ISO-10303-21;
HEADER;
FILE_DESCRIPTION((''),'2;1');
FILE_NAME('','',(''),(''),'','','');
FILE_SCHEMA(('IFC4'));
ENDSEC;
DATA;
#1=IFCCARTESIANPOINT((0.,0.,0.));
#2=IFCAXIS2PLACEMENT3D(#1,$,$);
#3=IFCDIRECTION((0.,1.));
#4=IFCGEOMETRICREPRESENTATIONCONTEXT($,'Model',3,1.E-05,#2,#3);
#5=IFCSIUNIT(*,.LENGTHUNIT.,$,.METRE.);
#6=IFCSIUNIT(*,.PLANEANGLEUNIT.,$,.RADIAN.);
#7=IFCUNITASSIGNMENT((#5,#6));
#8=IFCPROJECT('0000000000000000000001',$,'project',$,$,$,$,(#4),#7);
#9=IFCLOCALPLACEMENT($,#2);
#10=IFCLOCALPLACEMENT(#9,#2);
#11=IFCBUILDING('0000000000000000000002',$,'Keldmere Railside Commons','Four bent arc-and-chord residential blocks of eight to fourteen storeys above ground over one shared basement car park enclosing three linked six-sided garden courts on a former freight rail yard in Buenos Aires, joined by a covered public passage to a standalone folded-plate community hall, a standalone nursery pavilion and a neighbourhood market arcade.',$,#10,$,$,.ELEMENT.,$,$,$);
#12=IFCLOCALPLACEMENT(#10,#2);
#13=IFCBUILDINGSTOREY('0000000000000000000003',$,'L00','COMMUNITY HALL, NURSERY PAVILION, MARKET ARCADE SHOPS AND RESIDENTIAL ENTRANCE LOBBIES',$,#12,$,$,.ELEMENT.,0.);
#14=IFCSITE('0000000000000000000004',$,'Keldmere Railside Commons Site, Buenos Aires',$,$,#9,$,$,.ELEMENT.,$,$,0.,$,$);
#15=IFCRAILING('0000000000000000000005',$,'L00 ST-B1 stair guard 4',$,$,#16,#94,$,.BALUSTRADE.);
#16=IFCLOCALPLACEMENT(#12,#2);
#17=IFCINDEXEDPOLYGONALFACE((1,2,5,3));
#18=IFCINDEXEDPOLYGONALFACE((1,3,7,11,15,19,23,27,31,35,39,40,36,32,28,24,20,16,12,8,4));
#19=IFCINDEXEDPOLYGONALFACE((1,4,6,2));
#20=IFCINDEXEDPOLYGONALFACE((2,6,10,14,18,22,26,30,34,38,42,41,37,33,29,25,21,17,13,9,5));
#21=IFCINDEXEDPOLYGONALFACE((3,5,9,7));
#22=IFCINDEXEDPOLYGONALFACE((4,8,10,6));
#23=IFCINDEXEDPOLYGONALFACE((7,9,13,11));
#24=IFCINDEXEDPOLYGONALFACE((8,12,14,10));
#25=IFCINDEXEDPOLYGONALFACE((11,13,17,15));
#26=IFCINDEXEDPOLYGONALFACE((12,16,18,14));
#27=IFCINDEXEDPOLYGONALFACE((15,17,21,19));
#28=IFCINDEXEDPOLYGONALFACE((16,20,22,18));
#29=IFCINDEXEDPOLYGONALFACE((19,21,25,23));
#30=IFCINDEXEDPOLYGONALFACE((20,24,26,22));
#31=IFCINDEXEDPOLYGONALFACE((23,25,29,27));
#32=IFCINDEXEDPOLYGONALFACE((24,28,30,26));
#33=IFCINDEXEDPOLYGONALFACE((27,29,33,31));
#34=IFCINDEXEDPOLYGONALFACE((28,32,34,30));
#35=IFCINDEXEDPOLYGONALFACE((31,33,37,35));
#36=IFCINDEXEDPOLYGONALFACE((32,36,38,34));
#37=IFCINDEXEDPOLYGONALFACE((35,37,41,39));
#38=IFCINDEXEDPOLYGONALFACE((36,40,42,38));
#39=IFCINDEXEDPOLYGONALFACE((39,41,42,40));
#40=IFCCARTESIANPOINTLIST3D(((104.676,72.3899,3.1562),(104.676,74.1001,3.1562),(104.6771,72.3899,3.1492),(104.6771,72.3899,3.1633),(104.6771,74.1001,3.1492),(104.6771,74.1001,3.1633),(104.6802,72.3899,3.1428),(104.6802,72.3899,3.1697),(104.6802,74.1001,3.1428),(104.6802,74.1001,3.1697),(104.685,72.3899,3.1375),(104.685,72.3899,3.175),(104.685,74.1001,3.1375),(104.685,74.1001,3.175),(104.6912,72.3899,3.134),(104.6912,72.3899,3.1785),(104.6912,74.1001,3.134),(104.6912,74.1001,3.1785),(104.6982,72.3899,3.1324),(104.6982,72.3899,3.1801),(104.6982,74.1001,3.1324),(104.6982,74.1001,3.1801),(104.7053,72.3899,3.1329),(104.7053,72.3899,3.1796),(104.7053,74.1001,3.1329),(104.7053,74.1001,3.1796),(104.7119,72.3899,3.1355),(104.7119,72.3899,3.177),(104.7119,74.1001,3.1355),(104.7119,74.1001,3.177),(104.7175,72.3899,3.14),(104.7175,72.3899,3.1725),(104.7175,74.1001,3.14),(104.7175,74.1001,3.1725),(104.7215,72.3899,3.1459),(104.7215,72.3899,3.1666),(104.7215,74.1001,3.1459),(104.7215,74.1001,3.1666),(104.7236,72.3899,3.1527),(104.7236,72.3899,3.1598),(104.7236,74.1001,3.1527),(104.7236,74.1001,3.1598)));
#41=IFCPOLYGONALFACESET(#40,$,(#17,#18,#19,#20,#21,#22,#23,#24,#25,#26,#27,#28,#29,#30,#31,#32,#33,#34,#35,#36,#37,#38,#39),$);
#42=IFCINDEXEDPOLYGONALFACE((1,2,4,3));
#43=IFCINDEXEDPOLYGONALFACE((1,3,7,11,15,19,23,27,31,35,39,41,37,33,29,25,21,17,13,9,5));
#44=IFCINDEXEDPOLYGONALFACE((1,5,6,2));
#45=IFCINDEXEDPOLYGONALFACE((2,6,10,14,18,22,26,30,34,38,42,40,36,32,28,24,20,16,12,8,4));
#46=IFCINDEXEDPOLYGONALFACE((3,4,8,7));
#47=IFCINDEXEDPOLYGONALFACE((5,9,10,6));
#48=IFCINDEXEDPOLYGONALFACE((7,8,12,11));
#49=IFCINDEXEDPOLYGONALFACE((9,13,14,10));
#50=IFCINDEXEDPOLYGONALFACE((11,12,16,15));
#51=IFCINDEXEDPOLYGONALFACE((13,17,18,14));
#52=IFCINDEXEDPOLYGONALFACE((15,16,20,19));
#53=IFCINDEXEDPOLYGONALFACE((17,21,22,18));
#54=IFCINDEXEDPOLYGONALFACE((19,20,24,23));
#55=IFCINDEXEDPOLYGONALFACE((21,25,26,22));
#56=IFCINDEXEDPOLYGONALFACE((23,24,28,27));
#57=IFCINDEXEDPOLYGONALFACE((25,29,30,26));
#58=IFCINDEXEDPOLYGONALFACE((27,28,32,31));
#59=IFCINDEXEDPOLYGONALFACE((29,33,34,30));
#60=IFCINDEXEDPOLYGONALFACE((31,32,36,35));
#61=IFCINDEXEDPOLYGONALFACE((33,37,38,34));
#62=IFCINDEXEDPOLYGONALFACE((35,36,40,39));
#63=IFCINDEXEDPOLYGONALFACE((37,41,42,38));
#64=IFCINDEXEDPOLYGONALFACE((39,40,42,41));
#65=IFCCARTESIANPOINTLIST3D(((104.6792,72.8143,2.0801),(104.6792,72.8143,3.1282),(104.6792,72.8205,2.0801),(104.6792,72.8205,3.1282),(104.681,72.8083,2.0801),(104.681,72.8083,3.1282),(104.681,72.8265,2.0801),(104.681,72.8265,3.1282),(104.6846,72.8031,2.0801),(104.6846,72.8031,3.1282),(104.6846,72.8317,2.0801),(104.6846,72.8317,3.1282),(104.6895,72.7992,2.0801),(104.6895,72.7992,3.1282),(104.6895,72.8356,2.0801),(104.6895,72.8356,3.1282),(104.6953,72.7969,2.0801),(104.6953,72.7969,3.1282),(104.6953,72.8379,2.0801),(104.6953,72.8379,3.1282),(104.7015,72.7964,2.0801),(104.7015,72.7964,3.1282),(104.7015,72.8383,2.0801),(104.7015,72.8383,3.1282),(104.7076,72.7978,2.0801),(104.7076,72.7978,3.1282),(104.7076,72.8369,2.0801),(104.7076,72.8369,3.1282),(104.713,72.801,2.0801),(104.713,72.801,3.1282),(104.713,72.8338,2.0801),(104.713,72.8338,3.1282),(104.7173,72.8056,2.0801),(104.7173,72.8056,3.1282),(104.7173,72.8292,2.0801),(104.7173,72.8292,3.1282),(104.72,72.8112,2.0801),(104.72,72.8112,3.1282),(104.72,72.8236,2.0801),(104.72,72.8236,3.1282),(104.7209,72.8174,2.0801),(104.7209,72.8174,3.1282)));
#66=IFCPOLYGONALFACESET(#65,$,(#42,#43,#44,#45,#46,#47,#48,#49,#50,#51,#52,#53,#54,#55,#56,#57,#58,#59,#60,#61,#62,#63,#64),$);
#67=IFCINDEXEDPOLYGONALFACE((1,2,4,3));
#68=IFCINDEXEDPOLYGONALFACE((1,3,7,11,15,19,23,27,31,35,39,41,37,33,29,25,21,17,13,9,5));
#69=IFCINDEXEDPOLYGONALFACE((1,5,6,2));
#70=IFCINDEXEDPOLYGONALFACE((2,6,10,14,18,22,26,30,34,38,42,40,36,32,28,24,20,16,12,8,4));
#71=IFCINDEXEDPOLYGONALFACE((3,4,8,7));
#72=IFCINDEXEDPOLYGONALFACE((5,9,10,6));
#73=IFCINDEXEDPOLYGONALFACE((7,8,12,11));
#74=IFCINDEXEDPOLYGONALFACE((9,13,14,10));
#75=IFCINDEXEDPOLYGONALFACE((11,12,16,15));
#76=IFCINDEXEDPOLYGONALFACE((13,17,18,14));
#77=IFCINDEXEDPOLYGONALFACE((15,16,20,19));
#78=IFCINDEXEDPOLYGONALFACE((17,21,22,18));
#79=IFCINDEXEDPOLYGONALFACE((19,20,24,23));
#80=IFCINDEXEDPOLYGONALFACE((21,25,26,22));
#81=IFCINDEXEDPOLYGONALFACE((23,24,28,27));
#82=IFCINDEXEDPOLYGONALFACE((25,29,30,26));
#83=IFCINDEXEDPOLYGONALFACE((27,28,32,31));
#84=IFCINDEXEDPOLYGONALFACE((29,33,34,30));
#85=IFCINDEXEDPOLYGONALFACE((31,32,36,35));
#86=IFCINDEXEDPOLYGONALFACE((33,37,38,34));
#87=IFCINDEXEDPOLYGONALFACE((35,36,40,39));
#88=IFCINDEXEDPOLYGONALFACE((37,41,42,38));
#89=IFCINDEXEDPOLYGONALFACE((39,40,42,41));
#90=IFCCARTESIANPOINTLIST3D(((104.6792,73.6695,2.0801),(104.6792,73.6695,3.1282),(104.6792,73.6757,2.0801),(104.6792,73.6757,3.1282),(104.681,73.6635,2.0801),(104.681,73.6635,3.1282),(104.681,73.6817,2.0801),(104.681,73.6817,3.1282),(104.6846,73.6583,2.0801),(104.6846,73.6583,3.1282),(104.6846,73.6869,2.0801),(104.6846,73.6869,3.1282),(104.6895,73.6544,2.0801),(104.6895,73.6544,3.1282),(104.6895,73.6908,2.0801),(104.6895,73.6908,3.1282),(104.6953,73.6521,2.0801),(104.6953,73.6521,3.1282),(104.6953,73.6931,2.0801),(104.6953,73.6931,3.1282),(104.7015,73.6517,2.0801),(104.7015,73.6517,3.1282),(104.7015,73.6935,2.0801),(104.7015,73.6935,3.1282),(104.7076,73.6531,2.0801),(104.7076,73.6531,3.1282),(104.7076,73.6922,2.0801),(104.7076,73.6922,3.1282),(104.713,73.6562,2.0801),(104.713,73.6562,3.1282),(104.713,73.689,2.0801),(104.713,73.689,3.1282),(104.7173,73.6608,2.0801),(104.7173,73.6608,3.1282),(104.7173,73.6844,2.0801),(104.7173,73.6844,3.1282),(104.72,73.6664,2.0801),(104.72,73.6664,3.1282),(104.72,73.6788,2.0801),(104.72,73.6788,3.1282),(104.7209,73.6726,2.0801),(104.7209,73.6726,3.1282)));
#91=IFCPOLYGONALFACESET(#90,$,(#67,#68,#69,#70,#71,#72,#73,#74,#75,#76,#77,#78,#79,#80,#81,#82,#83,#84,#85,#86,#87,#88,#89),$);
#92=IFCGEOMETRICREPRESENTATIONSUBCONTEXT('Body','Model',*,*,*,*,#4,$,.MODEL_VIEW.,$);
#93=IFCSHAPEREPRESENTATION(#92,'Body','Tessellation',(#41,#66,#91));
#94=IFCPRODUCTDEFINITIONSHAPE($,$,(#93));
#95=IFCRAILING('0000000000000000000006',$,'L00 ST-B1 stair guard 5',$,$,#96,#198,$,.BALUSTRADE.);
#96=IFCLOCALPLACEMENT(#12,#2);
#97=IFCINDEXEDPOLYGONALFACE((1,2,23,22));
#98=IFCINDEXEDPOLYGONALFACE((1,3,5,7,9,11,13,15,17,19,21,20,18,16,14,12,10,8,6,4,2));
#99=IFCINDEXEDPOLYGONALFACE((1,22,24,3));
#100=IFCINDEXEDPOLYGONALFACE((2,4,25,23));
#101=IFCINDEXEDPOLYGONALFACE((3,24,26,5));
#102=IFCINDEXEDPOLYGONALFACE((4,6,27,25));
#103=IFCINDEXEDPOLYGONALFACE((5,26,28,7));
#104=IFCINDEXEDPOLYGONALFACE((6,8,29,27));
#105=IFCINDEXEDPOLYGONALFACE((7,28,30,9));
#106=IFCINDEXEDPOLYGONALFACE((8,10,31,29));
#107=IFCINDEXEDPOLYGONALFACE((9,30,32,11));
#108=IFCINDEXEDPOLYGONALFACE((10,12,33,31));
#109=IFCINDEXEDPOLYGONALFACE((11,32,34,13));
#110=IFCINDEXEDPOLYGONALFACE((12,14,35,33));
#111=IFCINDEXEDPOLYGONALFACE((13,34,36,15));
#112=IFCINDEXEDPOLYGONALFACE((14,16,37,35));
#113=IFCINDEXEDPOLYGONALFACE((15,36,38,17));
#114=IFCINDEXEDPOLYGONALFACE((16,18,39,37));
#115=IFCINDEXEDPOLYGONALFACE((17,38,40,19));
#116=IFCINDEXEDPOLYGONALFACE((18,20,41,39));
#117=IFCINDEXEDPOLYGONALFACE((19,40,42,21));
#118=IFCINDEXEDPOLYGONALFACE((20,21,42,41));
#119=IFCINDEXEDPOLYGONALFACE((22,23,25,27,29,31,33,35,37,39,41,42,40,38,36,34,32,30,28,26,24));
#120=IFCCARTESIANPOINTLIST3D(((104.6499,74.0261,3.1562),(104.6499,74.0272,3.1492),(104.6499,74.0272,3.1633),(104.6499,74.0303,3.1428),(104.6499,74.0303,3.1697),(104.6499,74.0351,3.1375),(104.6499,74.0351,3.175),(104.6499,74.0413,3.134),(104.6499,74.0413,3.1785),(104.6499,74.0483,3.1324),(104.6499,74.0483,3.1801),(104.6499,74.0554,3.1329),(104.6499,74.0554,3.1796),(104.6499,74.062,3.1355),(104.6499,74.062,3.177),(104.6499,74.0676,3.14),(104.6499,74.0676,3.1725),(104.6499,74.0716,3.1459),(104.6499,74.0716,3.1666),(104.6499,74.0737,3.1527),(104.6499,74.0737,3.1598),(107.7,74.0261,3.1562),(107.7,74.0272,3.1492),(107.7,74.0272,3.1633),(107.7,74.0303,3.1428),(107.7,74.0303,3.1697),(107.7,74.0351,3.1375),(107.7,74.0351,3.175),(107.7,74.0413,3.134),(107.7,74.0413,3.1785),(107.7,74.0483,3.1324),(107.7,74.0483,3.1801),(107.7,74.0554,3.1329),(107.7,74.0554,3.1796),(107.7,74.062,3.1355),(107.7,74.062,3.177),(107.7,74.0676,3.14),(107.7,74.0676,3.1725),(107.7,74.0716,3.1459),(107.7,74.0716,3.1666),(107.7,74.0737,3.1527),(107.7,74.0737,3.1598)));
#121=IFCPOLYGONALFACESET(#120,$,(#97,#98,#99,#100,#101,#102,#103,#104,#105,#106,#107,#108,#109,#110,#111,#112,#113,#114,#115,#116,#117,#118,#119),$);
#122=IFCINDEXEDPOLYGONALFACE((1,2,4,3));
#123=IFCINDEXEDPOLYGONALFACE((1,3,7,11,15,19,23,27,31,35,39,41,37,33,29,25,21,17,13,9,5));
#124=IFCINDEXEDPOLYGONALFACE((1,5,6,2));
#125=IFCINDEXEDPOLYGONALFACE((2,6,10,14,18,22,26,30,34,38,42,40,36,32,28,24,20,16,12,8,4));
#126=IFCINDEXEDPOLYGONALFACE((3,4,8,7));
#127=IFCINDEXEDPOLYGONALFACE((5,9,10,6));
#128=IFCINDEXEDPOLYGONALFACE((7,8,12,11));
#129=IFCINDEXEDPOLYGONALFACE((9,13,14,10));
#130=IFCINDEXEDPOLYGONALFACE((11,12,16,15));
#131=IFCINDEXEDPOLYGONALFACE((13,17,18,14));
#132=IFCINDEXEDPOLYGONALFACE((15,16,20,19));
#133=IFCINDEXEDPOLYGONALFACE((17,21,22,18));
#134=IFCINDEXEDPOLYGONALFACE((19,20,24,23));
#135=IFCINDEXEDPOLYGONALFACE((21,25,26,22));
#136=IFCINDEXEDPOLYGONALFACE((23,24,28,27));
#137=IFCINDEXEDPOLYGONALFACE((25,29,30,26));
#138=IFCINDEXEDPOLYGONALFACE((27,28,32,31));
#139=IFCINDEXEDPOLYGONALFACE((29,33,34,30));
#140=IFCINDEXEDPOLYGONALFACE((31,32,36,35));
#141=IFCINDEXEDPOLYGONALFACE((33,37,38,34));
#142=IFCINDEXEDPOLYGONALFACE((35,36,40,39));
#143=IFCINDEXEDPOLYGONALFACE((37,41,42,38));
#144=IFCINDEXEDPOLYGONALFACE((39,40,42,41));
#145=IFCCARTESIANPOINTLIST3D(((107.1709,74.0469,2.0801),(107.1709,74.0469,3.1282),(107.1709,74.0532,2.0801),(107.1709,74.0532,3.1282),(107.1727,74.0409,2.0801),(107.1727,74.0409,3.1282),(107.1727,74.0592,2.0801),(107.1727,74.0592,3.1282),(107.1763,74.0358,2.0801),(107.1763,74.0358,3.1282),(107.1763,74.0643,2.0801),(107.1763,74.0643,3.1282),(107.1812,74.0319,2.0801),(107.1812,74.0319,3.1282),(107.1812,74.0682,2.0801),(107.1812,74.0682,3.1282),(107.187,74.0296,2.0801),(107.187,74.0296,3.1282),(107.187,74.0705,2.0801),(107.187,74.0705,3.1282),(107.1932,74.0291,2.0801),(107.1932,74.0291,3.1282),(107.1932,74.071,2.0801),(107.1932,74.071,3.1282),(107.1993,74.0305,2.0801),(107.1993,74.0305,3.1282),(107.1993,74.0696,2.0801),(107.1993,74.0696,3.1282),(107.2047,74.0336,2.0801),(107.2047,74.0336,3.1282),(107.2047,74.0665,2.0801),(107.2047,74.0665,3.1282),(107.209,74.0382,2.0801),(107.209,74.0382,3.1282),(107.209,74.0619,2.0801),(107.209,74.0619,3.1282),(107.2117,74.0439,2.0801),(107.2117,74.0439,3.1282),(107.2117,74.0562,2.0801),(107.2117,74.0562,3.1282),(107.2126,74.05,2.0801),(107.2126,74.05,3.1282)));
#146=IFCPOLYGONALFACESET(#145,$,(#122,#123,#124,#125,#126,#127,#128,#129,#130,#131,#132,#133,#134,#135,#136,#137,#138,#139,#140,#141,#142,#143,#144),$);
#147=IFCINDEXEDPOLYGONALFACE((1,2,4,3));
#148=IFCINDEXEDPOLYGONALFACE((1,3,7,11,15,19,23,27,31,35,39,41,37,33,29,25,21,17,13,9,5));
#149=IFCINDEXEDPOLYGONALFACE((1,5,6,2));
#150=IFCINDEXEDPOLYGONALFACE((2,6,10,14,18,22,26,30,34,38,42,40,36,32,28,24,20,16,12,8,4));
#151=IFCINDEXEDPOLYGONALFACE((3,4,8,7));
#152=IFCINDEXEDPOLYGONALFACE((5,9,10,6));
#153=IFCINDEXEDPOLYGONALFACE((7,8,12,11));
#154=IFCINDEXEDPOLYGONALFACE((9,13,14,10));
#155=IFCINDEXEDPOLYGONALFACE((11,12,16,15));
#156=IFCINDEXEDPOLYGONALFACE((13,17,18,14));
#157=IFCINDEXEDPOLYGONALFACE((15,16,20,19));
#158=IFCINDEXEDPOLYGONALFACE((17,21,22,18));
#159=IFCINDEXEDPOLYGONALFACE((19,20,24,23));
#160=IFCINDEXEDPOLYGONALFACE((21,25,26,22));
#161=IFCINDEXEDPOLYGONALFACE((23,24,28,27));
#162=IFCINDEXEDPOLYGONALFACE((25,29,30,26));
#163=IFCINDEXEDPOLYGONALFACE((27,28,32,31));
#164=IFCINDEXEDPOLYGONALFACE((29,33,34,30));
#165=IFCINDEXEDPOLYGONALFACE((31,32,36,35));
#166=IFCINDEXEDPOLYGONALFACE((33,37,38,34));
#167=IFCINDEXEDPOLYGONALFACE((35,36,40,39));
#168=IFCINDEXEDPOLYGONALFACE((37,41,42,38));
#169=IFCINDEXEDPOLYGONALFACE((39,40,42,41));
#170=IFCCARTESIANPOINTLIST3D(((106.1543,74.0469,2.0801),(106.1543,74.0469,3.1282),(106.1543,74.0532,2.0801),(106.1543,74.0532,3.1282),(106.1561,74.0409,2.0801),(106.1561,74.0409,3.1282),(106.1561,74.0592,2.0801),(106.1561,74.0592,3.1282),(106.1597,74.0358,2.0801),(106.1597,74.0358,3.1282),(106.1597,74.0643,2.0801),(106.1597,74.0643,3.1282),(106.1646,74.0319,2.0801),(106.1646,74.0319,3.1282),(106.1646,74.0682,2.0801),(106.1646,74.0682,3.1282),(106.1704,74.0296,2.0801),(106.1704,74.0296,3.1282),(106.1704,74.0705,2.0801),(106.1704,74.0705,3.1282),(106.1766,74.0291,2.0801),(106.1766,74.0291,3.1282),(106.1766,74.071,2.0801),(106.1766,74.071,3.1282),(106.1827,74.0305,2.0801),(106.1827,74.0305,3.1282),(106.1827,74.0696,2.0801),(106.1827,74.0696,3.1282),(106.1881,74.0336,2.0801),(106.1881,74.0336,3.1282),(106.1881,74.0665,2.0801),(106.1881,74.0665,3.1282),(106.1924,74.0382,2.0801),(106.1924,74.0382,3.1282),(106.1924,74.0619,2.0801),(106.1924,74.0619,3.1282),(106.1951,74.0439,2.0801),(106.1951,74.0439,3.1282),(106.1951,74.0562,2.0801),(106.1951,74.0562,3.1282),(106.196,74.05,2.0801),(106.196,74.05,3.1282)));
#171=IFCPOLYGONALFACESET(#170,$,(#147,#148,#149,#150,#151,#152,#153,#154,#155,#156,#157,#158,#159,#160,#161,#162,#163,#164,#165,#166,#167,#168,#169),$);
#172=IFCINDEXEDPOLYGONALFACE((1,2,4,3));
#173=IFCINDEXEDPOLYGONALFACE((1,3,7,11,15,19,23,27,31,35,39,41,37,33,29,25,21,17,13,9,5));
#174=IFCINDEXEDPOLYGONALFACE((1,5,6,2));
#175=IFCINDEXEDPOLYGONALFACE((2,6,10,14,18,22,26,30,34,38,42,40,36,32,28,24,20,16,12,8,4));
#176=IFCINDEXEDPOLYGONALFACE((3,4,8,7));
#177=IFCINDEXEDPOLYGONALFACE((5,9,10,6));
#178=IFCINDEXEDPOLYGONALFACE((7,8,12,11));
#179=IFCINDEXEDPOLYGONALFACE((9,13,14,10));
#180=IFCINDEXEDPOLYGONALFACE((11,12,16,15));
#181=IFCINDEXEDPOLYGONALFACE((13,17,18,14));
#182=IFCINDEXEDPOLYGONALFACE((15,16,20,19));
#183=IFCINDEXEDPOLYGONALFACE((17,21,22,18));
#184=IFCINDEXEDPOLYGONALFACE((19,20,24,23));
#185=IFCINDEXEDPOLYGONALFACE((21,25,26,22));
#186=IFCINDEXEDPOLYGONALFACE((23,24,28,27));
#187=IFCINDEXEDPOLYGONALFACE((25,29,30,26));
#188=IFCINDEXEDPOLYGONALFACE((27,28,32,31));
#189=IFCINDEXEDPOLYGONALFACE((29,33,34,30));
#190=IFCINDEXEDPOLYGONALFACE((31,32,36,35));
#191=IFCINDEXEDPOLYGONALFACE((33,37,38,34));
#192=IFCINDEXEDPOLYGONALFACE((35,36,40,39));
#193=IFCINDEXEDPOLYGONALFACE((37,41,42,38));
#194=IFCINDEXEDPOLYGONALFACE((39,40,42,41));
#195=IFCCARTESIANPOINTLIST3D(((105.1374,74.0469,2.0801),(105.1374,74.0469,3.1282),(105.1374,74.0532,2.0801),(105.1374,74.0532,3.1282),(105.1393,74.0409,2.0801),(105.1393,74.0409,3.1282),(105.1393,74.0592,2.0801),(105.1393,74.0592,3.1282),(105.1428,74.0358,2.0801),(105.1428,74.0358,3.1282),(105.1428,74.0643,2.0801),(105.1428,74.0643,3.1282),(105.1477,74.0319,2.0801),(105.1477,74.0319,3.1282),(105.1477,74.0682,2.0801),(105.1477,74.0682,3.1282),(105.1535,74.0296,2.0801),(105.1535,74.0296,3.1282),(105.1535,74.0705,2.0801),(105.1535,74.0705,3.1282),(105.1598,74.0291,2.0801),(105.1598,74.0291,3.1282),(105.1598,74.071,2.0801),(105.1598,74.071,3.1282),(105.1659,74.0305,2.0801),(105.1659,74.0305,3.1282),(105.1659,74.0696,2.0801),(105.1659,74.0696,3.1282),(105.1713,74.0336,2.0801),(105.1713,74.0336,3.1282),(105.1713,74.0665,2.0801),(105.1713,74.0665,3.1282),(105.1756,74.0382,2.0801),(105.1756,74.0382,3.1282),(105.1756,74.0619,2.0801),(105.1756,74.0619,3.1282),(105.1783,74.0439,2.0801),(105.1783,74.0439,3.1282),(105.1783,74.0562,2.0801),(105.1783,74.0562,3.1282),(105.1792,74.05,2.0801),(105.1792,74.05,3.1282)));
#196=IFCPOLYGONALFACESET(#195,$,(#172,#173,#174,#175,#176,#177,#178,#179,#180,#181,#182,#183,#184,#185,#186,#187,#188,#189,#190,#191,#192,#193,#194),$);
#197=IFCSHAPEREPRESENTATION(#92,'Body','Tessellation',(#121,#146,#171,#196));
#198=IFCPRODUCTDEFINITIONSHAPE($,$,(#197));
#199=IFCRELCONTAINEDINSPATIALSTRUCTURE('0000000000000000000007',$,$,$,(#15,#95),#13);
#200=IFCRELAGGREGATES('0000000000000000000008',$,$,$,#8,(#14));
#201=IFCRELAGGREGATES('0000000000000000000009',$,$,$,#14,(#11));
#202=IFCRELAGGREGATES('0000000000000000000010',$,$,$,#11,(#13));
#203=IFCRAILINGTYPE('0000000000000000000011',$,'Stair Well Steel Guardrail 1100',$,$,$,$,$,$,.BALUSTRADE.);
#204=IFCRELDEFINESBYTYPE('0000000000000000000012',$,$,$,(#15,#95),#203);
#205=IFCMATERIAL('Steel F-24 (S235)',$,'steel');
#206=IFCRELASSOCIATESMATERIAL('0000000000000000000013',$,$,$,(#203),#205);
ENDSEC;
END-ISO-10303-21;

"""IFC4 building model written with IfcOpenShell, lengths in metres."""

from ifc_helpers import new_model, si_unit, direction, frame, origin, origin_2d, place, context, subcontext, project, spatial, circle, extrude, material, type_object, element, save


model = new_model("IFC4")

# Units and contexts
model_context = context("Model", 3, precision=1e-05, world=origin(), true_north=direction((0.0, 1.0)))
body_context = subcontext(model_context, "Body", "Model", "MODEL_VIEW")
ifc_project = project(units=[si_unit("LENGTHUNIT", "METRE"), si_unit("PLANEANGLEUNIT", "RADIAN")], contexts=[model_context])

# Site, building, storey
site_placement = place(None, origin())
site = spatial("IfcSite", under=ifc_project, at=site_placement, Name="Keldmere Railside Commons Site, Buenos Aires", CompositionType="ELEMENT", RefElevation=0.0)
building_placement = place(site_placement, origin())
building = spatial("IfcBuilding", under=site, at=building_placement, Name="Keldmere Railside Commons", Description="Four bent arc-and-chord residential blocks of eight to fourteen storeys above ground over one shared basement car park enclosing three linked six-sided garden courts on a former freight rail yard in Buenos Aires, joined by a covered public passage to a standalone folded-plate community hall, a standalone nursery pavilion and a neighbourhood market arcade.", CompositionType="ELEMENT")
storey_placement = place(building_placement, origin())
storey = spatial("IfcBuildingStorey", under=building, at=storey_placement, Name="L00", Description="COMMUNITY HALL, NURSERY PAVILION, MARKET ARCADE SHOPS AND RESIDENTIAL ENTRANCE LOBBIES", CompositionType="ELEMENT", Elevation=0.0)

# Shared definitions
ifc_material_1 = material(Name="Steel F-24 (S235)", Category="steel")

# Railings
railing_type_1 = type_object("IfcRailingType", Name="Stair Well Steel Guardrail 1100", PredefinedType="BALUSTRADE", material=ifc_material_1)
for number, where, name in (
    (1, (104.7, 72.3899, 2.0801), "L00 ST-B1 stair guard 4"),
):
    element("IfcRailing", number, at=place(storey_placement, frame(where)), inside=storey, type_object=railing_type_1, Name=name, PredefinedType="BALUSTRADE", context=body_context, shape_type="SweptSolid", body=[
        extrude(circle(Radius=0.0239, at=origin_2d()), frame((0.0, 0.0, 1.0762), z_axis=(0.0, 1.0, 0.0), x_axis=(-1.0, 0.0, 0.0)), (0.0, 0.0, 1.0), 1.7102),
        extrude(circle(Radius=0.021, at=origin_2d()), frame((0.0, 0.4275, 0.0)), (0.0, 0.0, 1.0), 1.0481),
        extrude(circle(Radius=0.021, at=origin_2d()), frame((0.0, 1.2827, 0.0)), (0.0, 0.0, 1.0), 1.0481),
    ])
railing_1_placement = place(storey_placement, frame((107.7, 74.05, 2.0801)))
element("IfcRailing", 2, at=railing_1_placement, inside=storey, type_object=railing_type_1, Name="L00 ST-B1 stair guard 5", PredefinedType="BALUSTRADE", context=body_context, shape_type="SweptSolid", body=[
    extrude(circle(Radius=0.0239, at=origin_2d()), frame((0.0, 0.0, 1.0762), z_axis=(-1.0, 0.0, 0.0), x_axis=(0.0, -1.0, 0.0)), (0.0, 0.0, 1.0), 3.05),
    extrude(circle(Radius=0.021, at=origin_2d()), frame((-0.5083, 0.0, 0.0)), (0.0, 0.0, 1.0), 1.0481),
    extrude(circle(Radius=0.021, at=origin_2d()), frame((-1.5249, 0.0, 0.0)), (0.0, 0.0, 1.0), 1.0481),
    extrude(circle(Radius=0.021, at=origin_2d()), frame((-2.5417, 0.0, 0.0)), (0.0, 0.0, 1.0), 1.0481),
])

save(model, "model.ifc")
